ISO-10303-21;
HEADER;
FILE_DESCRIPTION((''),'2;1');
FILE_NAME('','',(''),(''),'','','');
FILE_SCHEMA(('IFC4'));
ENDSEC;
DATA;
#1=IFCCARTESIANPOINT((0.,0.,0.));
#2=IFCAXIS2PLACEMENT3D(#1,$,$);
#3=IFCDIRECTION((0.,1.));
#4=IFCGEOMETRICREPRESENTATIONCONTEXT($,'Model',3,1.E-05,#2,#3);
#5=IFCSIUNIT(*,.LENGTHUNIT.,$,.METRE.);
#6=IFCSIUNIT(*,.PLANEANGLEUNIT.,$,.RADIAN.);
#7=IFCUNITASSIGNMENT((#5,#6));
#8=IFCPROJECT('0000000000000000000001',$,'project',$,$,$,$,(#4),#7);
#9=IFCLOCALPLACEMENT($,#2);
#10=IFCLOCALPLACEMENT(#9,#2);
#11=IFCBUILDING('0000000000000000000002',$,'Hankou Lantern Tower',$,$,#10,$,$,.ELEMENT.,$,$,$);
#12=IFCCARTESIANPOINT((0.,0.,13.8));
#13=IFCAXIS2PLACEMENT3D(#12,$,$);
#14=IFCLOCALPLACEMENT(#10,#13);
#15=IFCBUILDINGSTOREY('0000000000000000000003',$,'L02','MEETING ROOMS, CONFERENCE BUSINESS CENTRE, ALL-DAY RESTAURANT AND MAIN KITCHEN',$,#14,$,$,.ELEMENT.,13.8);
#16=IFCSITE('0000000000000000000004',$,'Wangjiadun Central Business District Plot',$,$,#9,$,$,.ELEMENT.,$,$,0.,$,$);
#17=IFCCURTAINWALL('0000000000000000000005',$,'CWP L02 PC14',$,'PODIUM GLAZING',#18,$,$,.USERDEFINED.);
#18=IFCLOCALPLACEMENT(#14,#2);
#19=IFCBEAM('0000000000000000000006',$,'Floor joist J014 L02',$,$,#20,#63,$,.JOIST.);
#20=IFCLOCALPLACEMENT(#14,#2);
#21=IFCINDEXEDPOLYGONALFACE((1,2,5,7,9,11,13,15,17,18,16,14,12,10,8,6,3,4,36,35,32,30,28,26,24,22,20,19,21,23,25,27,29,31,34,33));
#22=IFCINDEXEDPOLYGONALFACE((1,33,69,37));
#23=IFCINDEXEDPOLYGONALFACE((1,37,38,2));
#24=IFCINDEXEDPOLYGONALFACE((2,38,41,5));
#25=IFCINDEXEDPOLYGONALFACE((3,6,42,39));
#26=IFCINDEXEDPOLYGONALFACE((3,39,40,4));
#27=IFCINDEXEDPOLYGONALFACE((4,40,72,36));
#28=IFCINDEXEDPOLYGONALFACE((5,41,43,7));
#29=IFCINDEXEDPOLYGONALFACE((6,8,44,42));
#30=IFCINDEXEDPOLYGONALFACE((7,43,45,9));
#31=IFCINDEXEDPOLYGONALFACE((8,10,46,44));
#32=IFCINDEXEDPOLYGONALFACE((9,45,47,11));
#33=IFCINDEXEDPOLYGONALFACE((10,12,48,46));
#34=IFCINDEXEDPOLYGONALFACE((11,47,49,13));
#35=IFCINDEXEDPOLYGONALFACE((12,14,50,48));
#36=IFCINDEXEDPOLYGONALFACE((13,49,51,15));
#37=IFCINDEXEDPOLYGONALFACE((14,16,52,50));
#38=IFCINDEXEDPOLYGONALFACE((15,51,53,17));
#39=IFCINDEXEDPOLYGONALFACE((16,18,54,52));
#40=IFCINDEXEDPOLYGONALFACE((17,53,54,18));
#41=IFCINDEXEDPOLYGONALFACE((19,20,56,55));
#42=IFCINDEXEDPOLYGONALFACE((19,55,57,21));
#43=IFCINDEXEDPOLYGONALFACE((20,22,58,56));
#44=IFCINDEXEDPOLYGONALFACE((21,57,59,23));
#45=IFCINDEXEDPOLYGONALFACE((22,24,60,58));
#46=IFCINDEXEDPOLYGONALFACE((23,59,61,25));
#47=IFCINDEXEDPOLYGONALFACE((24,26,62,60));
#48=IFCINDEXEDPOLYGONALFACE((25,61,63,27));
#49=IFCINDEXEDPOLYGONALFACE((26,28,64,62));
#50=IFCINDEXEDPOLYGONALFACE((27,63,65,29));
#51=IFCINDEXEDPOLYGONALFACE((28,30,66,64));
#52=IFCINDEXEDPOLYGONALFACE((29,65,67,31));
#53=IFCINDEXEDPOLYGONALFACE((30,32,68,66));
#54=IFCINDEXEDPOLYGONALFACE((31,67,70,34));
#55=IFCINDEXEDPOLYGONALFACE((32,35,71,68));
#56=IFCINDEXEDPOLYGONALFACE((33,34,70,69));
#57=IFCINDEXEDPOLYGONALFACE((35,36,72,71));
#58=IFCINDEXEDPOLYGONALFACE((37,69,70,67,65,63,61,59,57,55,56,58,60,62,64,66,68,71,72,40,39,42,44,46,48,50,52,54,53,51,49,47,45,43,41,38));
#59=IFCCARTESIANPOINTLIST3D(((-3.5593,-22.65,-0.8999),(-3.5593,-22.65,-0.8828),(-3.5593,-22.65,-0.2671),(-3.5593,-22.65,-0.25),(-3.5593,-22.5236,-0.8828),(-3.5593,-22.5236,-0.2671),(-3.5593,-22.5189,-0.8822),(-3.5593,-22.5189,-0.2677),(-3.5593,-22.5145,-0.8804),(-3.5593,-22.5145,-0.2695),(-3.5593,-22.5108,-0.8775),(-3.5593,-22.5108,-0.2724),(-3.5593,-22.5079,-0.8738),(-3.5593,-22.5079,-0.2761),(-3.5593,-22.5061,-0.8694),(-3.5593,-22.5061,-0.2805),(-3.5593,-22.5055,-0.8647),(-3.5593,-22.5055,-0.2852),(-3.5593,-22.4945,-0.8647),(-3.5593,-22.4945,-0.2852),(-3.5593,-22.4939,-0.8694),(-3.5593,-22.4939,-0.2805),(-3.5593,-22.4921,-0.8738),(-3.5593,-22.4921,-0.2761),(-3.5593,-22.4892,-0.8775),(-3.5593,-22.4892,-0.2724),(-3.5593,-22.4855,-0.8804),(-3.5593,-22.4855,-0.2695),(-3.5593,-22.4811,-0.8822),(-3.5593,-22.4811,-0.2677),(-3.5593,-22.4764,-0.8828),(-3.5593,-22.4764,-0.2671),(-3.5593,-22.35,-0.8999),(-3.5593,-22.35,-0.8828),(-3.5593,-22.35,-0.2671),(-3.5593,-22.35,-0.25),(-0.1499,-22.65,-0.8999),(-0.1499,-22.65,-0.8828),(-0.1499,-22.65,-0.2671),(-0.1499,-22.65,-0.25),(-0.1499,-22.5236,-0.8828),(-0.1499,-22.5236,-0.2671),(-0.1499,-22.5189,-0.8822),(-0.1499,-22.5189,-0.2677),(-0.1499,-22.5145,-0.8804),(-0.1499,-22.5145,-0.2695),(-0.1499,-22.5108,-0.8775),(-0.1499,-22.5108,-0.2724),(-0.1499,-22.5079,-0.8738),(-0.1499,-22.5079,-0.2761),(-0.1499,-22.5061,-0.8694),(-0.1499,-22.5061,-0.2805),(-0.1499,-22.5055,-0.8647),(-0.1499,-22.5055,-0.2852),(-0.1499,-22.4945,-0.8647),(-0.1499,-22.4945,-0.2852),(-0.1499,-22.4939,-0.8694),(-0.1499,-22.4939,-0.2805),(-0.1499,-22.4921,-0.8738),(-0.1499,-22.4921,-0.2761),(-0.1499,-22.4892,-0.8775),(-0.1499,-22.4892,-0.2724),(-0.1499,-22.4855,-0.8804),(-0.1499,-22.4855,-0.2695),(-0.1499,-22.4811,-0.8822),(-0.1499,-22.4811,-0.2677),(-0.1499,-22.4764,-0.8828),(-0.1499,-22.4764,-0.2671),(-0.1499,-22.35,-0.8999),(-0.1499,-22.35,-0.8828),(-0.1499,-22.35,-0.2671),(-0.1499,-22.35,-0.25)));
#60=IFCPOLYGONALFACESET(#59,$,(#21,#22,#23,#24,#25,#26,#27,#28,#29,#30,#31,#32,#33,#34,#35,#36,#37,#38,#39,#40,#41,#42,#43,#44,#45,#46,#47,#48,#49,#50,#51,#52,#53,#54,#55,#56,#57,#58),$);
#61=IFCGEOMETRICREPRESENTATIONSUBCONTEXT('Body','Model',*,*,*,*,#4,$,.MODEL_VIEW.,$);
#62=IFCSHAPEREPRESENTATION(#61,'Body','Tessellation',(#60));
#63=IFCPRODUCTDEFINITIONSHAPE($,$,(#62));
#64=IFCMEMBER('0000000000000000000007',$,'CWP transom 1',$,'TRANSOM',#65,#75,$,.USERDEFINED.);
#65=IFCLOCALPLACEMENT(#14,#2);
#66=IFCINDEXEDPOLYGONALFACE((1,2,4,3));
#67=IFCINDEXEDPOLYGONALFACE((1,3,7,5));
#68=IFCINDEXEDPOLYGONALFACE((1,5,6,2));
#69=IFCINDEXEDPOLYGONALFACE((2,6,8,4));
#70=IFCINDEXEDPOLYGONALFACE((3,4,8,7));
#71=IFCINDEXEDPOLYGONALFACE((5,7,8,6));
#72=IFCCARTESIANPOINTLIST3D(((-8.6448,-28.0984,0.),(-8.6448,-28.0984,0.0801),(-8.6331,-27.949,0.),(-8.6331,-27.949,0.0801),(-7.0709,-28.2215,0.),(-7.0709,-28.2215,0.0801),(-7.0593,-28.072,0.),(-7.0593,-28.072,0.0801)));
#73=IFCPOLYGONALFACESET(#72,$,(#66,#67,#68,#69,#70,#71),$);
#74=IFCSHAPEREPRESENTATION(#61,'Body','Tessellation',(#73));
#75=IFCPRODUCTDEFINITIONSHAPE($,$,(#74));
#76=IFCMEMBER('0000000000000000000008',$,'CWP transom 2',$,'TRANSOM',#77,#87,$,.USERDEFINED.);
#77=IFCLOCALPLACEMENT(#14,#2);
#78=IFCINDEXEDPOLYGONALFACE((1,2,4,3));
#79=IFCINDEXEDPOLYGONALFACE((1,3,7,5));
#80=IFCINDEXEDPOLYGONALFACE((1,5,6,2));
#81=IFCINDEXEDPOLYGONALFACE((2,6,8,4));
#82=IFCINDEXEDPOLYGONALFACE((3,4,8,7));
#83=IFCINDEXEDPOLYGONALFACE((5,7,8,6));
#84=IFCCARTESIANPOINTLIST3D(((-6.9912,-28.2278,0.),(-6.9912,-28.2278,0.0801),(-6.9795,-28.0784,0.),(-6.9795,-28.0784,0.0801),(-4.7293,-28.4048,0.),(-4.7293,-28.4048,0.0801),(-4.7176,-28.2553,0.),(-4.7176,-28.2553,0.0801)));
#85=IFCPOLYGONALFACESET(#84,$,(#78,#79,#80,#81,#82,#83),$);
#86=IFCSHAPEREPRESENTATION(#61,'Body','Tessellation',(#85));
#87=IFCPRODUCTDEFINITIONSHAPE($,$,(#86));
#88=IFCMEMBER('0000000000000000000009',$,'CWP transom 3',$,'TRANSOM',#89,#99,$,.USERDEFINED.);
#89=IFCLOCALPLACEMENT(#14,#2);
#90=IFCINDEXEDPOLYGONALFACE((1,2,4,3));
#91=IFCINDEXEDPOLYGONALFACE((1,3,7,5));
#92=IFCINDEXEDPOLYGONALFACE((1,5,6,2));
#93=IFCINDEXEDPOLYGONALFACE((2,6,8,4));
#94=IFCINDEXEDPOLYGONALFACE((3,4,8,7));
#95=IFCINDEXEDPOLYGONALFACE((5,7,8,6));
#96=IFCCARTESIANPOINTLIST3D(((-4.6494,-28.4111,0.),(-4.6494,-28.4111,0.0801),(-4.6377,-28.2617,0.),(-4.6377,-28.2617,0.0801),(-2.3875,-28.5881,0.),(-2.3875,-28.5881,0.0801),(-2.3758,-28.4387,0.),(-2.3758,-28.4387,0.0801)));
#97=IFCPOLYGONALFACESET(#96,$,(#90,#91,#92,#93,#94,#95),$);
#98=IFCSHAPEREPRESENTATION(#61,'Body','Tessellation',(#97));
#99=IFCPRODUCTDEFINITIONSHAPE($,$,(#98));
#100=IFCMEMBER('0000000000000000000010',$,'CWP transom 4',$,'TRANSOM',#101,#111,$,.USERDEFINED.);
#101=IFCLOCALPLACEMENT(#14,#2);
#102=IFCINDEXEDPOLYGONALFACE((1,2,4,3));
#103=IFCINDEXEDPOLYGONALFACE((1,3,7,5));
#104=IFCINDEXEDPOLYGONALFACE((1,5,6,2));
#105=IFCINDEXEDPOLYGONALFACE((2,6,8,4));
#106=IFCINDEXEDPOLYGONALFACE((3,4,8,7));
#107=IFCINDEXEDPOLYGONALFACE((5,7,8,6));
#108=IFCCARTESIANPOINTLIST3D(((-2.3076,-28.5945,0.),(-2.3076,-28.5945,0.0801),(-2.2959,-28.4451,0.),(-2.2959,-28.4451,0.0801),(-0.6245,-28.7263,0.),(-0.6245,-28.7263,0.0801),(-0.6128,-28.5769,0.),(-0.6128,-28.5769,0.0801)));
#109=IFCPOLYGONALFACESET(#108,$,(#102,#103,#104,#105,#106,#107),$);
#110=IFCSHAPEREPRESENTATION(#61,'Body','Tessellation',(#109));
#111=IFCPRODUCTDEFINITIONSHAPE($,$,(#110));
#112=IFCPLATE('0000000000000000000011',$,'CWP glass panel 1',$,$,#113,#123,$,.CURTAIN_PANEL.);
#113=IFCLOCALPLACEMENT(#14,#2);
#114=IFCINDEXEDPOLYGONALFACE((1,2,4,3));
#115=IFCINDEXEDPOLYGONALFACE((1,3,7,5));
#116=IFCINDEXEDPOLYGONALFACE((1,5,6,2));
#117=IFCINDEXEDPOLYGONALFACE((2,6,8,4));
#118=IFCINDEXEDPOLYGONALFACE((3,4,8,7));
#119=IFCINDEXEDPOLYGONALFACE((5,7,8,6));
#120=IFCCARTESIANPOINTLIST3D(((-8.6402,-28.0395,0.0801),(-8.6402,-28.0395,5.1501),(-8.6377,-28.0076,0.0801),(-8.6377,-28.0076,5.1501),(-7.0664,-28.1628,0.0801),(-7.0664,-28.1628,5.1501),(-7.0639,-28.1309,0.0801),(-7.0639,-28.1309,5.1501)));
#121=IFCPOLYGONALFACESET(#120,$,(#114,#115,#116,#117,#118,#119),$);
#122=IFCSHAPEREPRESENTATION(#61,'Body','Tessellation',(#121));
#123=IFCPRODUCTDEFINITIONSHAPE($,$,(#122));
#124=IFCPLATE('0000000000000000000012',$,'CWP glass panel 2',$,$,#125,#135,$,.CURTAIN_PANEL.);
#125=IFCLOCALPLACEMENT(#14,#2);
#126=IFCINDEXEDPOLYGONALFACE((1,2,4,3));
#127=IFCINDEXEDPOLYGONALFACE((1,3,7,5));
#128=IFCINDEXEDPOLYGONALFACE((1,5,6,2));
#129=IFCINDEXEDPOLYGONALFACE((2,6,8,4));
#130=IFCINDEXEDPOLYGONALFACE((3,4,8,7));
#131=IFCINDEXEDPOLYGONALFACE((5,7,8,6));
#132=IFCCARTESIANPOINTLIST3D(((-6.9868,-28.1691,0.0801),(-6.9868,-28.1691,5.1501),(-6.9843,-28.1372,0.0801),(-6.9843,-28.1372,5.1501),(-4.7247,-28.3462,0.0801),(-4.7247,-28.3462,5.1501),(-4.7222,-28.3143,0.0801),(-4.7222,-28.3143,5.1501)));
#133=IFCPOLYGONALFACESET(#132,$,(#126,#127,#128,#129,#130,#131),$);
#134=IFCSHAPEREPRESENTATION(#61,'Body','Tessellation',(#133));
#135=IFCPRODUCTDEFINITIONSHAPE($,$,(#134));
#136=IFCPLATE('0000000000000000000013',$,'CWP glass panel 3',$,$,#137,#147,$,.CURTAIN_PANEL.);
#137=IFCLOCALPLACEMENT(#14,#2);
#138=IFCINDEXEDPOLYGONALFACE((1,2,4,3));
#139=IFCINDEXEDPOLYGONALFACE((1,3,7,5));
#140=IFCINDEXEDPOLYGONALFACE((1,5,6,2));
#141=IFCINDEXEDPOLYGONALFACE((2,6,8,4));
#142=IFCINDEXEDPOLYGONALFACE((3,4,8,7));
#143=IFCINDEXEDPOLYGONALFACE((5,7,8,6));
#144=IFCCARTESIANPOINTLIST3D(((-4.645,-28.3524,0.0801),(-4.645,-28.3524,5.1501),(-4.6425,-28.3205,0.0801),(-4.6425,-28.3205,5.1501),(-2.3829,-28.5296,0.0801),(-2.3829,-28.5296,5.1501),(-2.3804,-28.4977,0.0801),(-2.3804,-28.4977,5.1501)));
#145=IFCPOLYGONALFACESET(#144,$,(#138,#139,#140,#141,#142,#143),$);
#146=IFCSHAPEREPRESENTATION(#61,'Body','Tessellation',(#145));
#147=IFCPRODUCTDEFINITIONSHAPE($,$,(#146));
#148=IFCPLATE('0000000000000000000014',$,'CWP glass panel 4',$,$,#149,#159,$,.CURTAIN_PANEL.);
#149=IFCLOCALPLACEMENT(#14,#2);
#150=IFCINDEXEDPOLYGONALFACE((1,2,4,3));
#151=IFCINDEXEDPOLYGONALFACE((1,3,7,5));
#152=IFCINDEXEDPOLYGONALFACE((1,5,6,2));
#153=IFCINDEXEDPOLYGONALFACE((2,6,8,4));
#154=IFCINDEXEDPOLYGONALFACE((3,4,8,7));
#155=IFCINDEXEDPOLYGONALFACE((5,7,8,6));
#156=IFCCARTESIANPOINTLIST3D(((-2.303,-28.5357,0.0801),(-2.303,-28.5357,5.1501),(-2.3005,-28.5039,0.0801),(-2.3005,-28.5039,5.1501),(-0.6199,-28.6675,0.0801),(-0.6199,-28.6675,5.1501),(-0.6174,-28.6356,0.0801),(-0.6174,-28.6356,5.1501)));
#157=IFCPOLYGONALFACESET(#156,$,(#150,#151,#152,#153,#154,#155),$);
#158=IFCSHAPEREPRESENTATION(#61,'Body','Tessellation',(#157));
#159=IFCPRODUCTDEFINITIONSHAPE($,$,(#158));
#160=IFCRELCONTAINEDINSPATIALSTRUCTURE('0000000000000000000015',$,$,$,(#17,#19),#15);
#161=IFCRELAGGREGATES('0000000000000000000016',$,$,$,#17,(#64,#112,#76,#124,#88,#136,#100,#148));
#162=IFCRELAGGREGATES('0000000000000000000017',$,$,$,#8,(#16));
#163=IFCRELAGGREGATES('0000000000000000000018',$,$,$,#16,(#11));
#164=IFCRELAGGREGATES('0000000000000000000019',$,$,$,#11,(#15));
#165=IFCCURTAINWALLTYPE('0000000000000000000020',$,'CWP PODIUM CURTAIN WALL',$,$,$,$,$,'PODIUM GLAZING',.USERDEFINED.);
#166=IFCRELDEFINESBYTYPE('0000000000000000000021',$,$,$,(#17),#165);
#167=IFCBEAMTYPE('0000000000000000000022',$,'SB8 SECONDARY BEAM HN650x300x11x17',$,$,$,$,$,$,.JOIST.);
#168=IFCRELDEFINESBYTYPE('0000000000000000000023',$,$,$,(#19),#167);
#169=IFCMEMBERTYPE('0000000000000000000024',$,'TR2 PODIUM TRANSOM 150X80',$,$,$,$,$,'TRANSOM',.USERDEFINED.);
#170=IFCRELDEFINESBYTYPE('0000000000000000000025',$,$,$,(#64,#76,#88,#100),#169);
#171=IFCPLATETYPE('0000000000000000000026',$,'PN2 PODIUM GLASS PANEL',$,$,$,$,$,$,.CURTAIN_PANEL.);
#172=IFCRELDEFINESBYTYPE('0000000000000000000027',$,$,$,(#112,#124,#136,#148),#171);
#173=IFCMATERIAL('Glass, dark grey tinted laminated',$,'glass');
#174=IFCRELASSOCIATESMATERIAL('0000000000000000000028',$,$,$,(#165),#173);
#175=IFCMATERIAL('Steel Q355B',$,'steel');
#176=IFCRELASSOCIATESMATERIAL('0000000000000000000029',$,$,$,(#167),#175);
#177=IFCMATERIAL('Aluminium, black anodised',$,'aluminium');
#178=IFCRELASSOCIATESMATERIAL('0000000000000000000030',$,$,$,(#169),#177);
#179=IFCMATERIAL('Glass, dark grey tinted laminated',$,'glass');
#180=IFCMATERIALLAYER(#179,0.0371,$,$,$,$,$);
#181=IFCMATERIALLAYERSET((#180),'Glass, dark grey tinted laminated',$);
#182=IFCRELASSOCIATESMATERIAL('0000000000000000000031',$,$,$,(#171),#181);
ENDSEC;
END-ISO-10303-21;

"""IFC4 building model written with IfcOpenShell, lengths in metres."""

from ifc_helpers import new_model, si_unit, direction, frame, origin, origin_2d, place, context, subcontext, project, spatial, rectangle, i_section, extrude, material, layer, layer_set, material_profile, profile_set, type_object, element, aggregate, save


model = new_model("IFC4")

# Units and contexts
model_context = context("Model", 3, precision=1e-05, world=origin(), true_north=direction((0.0, 1.0)))
body_context = subcontext(model_context, "Body", "Model", "MODEL_VIEW")
ifc_project = project(units=[si_unit("LENGTHUNIT", "METRE"), si_unit("PLANEANGLEUNIT", "RADIAN")], contexts=[model_context])

# Site, building, storey
site_placement = place(None, origin())
site = spatial("IfcSite", under=ifc_project, at=site_placement, Name="Wangjiadun Central Business District Plot", CompositionType="ELEMENT", RefElevation=0.0)
building_placement = place(site_placement, origin())
building = spatial("IfcBuilding", under=site, at=building_placement, Name="Hankou Lantern Tower", CompositionType="ELEMENT")
storey_placement = place(building_placement, frame((0.0, 0.0, 13.8)))
storey = spatial("IfcBuildingStorey", under=building, at=storey_placement, Name="L02", Description="MEETING ROOMS, CONFERENCE BUSINESS CENTRE, ALL-DAY RESTAURANT AND MAIN KITCHEN", CompositionType="ELEMENT", Elevation=13.8)

# Curtain wall
ifc_material_1 = material(Name="Glass, dark grey tinted laminated", Category="glass")
curtain_wall_type = type_object("IfcCurtainWallType", Name="CWP PODIUM CURTAIN WALL", ElementType="PODIUM GLAZING", PredefinedType="USERDEFINED", material=ifc_material_1)
curtain_wall_placement = place(storey_placement, origin())
curtain_wall = element("IfcCurtainWall", 1, at=curtain_wall_placement, inside=storey, type_object=curtain_wall_type, Name="CWP L02 PC14", ObjectType="PODIUM GLAZING", PredefinedType="USERDEFINED")

# Beam
ifc_material_2 = material(Name="Steel Q355B", Category="steel")
ifc_material_profile_1 = material_profile(ifc_material_2, i_section(OverallWidth=0.3, OverallDepth=0.6499, WebThickness=0.011, FlangeThickness=0.0171, FilletRadius=0.0181, at=origin_2d()), Name="HN650x300x11x17")
ifc_profile_set_1 = profile_set([ifc_material_profile_1], Name="Steel Q355B")
beam_type_1 = type_object("IfcBeamType", Name="SB8 SECONDARY BEAM HN650x300x11x17", PredefinedType="JOIST", material=ifc_profile_set_1)
beam_1_placement = place(storey_placement, frame((-3.5593, -22.5, -0.575), z_axis=(1.0, 0.0, 0.0), x_axis=(0.0, 1.0, 0.0)))
element("IfcBeam", 2, at=beam_1_placement, inside=storey, type_object=beam_type_1, Name="Floor joist J014 L02", PredefinedType="JOIST", context=body_context, shape_type="SweptSolid", body=[
    extrude(i_section(OverallWidth=0.3, OverallDepth=0.6499, WebThickness=0.011, FlangeThickness=0.0171, FilletRadius=0.0181, at=origin_2d()), origin(), (0.0, 0.0, 1.0), 3.4094),
])

# Members
ifc_material_3 = material(Name="Aluminium, black anodised", Category="aluminium")
ifc_material_profile_2 = material_profile(ifc_material_3, rectangle(XDim=0.1499, YDim=0.0801, at=origin_2d()), Name="TR2 150X80")
ifc_profile_set_2 = profile_set([ifc_material_profile_2], Name="Aluminium, black anodised")
member_type_1 = type_object("IfcMemberType", Name="TR2 PODIUM TRANSOM 150X80", ElementType="TRANSOM", PredefinedType="USERDEFINED", material=ifc_profile_set_2)
member_1_placement = place(storey_placement, frame((-8.6389, -28.0237, 0.04), z_axis=(0.996957, -0.07795, 0.0), x_axis=(0.07795, 0.996957, 0.0)))
member_1 = element("IfcMember", 3, at=member_1_placement, type_object=member_type_1, Name="CWP transom 1", ObjectType="TRANSOM", PredefinedType="USERDEFINED", context=body_context, shape_type="SweptSolid", body=[
    extrude(rectangle(XDim=0.1499, YDim=0.0801, at=origin_2d()), origin(), (0.0, 0.0, 1.0), 1.5786),
])
member_2_placement = place(storey_placement, frame((-6.9854, -28.1531, 0.04), z_axis=(0.996952, -0.078013, 0.0), x_axis=(0.078013, 0.996952, 0.0)))
member_2 = element("IfcMember", 4, at=member_2_placement, type_object=member_type_1, Name="CWP transom 2", ObjectType="TRANSOM", PredefinedType="USERDEFINED", context=body_context, shape_type="SweptSolid", body=[
    extrude(rectangle(XDim=0.1499, YDim=0.0801, at=origin_2d()), origin(), (0.0, 0.0, 1.0), 2.2688),
])
member_3_placement = place(storey_placement, frame((-4.6436, -28.3364, 0.04), z_axis=(0.996952, -0.078013, 0.0), x_axis=(0.078013, 0.996952, 0.0)))
member_3 = element("IfcMember", 5, at=member_3_placement, type_object=member_type_1, Name="CWP transom 3", ObjectType="TRANSOM", PredefinedType="USERDEFINED", context=body_context, shape_type="SweptSolid", body=[
    extrude(rectangle(XDim=0.1499, YDim=0.0801, at=origin_2d()), origin(), (0.0, 0.0, 1.0), 2.2688),
])
member_4_placement = place(storey_placement, frame((-2.3018, -28.5198, 0.04), z_axis=(0.996946, -0.07809, 0.0), x_axis=(0.07809, 0.996946, 0.0)))
member_4 = element("IfcMember", 6, at=member_4_placement, type_object=member_type_1, Name="CWP transom 4", ObjectType="TRANSOM", PredefinedType="USERDEFINED", context=body_context, shape_type="SweptSolid", body=[
    extrude(rectangle(XDim=0.1499, YDim=0.0801, at=origin_2d()), origin(), (0.0, 0.0, 1.0), 1.6882),
])

# Plates
ifc_material_4 = material(Name="Glass, dark grey tinted laminated", Category="glass")
ifc_layer = layer(ifc_material_4, 0.0371)
ifc_layer_set = layer_set([ifc_layer], Name="Glass, dark grey tinted laminated")
plate_type = type_object("IfcPlateType", Name="PN2 PODIUM GLASS PANEL", PredefinedType="CURTAIN_PANEL", material=ifc_layer_set)
plate_1_placement = place(storey_placement, frame((-7.8521, -28.0852, 0.0801), z_axis=(0.0, 0.0, 1.0), x_axis=(0.996949, -0.078062, 0.0)))
plate_1 = element("IfcPlate", 7, at=plate_1_placement, type_object=plate_type, Name="CWP glass panel 1", PredefinedType="CURTAIN_PANEL", context=body_context, shape_type="SweptSolid", body=[
    extrude(rectangle(XDim=1.5786, YDim=0.032, at=origin_2d()), origin(), (0.0, 0.0, 1.0), 5.0701),
])
plate_2_placement = place(storey_placement, frame((-5.8545, -28.2417, 0.0801), z_axis=(0.0, 0.0, 1.0), x_axis=(0.996949, -0.078062, 0.0)))
plate_2 = element("IfcPlate", 8, at=plate_2_placement, type_object=plate_type, Name="CWP glass panel 2", PredefinedType="CURTAIN_PANEL", context=body_context, shape_type="SweptSolid", body=[
    extrude(rectangle(XDim=2.269, YDim=0.032, at=origin_2d()), origin(), (0.0, 0.0, 1.0), 5.0701),
])
plate_3_placement = place(storey_placement, frame((-3.5127, -28.425, 0.0801), z_axis=(0.0, 0.0, 1.0), x_axis=(0.996949, -0.078062, 0.0)))
plate_3 = element("IfcPlate", 9, at=plate_3_placement, type_object=plate_type, Name="CWP glass panel 3", PredefinedType="CURTAIN_PANEL", context=body_context, shape_type="SweptSolid", body=[
    extrude(rectangle(XDim=2.269, YDim=0.032, at=origin_2d()), origin(), (0.0, 0.0, 1.0), 5.0701),
])
plate_4_placement = place(storey_placement, frame((-1.4602, -28.5857, 0.0801), z_axis=(0.0, 0.0, 1.0), x_axis=(0.996949, -0.078062, 0.0)))
plate_4 = element("IfcPlate", 10, at=plate_4_placement, type_object=plate_type, Name="CWP glass panel 4", PredefinedType="CURTAIN_PANEL", context=body_context, shape_type="SweptSolid", body=[
    extrude(rectangle(XDim=1.6882, YDim=0.032, at=origin_2d()), origin(), (0.0, 0.0, 1.0), 5.0701),
])
aggregate(curtain_wall, [member_1, plate_1, member_2, plate_2, member_3, plate_3, member_4, plate_4])

save(model, "model.ifc")
